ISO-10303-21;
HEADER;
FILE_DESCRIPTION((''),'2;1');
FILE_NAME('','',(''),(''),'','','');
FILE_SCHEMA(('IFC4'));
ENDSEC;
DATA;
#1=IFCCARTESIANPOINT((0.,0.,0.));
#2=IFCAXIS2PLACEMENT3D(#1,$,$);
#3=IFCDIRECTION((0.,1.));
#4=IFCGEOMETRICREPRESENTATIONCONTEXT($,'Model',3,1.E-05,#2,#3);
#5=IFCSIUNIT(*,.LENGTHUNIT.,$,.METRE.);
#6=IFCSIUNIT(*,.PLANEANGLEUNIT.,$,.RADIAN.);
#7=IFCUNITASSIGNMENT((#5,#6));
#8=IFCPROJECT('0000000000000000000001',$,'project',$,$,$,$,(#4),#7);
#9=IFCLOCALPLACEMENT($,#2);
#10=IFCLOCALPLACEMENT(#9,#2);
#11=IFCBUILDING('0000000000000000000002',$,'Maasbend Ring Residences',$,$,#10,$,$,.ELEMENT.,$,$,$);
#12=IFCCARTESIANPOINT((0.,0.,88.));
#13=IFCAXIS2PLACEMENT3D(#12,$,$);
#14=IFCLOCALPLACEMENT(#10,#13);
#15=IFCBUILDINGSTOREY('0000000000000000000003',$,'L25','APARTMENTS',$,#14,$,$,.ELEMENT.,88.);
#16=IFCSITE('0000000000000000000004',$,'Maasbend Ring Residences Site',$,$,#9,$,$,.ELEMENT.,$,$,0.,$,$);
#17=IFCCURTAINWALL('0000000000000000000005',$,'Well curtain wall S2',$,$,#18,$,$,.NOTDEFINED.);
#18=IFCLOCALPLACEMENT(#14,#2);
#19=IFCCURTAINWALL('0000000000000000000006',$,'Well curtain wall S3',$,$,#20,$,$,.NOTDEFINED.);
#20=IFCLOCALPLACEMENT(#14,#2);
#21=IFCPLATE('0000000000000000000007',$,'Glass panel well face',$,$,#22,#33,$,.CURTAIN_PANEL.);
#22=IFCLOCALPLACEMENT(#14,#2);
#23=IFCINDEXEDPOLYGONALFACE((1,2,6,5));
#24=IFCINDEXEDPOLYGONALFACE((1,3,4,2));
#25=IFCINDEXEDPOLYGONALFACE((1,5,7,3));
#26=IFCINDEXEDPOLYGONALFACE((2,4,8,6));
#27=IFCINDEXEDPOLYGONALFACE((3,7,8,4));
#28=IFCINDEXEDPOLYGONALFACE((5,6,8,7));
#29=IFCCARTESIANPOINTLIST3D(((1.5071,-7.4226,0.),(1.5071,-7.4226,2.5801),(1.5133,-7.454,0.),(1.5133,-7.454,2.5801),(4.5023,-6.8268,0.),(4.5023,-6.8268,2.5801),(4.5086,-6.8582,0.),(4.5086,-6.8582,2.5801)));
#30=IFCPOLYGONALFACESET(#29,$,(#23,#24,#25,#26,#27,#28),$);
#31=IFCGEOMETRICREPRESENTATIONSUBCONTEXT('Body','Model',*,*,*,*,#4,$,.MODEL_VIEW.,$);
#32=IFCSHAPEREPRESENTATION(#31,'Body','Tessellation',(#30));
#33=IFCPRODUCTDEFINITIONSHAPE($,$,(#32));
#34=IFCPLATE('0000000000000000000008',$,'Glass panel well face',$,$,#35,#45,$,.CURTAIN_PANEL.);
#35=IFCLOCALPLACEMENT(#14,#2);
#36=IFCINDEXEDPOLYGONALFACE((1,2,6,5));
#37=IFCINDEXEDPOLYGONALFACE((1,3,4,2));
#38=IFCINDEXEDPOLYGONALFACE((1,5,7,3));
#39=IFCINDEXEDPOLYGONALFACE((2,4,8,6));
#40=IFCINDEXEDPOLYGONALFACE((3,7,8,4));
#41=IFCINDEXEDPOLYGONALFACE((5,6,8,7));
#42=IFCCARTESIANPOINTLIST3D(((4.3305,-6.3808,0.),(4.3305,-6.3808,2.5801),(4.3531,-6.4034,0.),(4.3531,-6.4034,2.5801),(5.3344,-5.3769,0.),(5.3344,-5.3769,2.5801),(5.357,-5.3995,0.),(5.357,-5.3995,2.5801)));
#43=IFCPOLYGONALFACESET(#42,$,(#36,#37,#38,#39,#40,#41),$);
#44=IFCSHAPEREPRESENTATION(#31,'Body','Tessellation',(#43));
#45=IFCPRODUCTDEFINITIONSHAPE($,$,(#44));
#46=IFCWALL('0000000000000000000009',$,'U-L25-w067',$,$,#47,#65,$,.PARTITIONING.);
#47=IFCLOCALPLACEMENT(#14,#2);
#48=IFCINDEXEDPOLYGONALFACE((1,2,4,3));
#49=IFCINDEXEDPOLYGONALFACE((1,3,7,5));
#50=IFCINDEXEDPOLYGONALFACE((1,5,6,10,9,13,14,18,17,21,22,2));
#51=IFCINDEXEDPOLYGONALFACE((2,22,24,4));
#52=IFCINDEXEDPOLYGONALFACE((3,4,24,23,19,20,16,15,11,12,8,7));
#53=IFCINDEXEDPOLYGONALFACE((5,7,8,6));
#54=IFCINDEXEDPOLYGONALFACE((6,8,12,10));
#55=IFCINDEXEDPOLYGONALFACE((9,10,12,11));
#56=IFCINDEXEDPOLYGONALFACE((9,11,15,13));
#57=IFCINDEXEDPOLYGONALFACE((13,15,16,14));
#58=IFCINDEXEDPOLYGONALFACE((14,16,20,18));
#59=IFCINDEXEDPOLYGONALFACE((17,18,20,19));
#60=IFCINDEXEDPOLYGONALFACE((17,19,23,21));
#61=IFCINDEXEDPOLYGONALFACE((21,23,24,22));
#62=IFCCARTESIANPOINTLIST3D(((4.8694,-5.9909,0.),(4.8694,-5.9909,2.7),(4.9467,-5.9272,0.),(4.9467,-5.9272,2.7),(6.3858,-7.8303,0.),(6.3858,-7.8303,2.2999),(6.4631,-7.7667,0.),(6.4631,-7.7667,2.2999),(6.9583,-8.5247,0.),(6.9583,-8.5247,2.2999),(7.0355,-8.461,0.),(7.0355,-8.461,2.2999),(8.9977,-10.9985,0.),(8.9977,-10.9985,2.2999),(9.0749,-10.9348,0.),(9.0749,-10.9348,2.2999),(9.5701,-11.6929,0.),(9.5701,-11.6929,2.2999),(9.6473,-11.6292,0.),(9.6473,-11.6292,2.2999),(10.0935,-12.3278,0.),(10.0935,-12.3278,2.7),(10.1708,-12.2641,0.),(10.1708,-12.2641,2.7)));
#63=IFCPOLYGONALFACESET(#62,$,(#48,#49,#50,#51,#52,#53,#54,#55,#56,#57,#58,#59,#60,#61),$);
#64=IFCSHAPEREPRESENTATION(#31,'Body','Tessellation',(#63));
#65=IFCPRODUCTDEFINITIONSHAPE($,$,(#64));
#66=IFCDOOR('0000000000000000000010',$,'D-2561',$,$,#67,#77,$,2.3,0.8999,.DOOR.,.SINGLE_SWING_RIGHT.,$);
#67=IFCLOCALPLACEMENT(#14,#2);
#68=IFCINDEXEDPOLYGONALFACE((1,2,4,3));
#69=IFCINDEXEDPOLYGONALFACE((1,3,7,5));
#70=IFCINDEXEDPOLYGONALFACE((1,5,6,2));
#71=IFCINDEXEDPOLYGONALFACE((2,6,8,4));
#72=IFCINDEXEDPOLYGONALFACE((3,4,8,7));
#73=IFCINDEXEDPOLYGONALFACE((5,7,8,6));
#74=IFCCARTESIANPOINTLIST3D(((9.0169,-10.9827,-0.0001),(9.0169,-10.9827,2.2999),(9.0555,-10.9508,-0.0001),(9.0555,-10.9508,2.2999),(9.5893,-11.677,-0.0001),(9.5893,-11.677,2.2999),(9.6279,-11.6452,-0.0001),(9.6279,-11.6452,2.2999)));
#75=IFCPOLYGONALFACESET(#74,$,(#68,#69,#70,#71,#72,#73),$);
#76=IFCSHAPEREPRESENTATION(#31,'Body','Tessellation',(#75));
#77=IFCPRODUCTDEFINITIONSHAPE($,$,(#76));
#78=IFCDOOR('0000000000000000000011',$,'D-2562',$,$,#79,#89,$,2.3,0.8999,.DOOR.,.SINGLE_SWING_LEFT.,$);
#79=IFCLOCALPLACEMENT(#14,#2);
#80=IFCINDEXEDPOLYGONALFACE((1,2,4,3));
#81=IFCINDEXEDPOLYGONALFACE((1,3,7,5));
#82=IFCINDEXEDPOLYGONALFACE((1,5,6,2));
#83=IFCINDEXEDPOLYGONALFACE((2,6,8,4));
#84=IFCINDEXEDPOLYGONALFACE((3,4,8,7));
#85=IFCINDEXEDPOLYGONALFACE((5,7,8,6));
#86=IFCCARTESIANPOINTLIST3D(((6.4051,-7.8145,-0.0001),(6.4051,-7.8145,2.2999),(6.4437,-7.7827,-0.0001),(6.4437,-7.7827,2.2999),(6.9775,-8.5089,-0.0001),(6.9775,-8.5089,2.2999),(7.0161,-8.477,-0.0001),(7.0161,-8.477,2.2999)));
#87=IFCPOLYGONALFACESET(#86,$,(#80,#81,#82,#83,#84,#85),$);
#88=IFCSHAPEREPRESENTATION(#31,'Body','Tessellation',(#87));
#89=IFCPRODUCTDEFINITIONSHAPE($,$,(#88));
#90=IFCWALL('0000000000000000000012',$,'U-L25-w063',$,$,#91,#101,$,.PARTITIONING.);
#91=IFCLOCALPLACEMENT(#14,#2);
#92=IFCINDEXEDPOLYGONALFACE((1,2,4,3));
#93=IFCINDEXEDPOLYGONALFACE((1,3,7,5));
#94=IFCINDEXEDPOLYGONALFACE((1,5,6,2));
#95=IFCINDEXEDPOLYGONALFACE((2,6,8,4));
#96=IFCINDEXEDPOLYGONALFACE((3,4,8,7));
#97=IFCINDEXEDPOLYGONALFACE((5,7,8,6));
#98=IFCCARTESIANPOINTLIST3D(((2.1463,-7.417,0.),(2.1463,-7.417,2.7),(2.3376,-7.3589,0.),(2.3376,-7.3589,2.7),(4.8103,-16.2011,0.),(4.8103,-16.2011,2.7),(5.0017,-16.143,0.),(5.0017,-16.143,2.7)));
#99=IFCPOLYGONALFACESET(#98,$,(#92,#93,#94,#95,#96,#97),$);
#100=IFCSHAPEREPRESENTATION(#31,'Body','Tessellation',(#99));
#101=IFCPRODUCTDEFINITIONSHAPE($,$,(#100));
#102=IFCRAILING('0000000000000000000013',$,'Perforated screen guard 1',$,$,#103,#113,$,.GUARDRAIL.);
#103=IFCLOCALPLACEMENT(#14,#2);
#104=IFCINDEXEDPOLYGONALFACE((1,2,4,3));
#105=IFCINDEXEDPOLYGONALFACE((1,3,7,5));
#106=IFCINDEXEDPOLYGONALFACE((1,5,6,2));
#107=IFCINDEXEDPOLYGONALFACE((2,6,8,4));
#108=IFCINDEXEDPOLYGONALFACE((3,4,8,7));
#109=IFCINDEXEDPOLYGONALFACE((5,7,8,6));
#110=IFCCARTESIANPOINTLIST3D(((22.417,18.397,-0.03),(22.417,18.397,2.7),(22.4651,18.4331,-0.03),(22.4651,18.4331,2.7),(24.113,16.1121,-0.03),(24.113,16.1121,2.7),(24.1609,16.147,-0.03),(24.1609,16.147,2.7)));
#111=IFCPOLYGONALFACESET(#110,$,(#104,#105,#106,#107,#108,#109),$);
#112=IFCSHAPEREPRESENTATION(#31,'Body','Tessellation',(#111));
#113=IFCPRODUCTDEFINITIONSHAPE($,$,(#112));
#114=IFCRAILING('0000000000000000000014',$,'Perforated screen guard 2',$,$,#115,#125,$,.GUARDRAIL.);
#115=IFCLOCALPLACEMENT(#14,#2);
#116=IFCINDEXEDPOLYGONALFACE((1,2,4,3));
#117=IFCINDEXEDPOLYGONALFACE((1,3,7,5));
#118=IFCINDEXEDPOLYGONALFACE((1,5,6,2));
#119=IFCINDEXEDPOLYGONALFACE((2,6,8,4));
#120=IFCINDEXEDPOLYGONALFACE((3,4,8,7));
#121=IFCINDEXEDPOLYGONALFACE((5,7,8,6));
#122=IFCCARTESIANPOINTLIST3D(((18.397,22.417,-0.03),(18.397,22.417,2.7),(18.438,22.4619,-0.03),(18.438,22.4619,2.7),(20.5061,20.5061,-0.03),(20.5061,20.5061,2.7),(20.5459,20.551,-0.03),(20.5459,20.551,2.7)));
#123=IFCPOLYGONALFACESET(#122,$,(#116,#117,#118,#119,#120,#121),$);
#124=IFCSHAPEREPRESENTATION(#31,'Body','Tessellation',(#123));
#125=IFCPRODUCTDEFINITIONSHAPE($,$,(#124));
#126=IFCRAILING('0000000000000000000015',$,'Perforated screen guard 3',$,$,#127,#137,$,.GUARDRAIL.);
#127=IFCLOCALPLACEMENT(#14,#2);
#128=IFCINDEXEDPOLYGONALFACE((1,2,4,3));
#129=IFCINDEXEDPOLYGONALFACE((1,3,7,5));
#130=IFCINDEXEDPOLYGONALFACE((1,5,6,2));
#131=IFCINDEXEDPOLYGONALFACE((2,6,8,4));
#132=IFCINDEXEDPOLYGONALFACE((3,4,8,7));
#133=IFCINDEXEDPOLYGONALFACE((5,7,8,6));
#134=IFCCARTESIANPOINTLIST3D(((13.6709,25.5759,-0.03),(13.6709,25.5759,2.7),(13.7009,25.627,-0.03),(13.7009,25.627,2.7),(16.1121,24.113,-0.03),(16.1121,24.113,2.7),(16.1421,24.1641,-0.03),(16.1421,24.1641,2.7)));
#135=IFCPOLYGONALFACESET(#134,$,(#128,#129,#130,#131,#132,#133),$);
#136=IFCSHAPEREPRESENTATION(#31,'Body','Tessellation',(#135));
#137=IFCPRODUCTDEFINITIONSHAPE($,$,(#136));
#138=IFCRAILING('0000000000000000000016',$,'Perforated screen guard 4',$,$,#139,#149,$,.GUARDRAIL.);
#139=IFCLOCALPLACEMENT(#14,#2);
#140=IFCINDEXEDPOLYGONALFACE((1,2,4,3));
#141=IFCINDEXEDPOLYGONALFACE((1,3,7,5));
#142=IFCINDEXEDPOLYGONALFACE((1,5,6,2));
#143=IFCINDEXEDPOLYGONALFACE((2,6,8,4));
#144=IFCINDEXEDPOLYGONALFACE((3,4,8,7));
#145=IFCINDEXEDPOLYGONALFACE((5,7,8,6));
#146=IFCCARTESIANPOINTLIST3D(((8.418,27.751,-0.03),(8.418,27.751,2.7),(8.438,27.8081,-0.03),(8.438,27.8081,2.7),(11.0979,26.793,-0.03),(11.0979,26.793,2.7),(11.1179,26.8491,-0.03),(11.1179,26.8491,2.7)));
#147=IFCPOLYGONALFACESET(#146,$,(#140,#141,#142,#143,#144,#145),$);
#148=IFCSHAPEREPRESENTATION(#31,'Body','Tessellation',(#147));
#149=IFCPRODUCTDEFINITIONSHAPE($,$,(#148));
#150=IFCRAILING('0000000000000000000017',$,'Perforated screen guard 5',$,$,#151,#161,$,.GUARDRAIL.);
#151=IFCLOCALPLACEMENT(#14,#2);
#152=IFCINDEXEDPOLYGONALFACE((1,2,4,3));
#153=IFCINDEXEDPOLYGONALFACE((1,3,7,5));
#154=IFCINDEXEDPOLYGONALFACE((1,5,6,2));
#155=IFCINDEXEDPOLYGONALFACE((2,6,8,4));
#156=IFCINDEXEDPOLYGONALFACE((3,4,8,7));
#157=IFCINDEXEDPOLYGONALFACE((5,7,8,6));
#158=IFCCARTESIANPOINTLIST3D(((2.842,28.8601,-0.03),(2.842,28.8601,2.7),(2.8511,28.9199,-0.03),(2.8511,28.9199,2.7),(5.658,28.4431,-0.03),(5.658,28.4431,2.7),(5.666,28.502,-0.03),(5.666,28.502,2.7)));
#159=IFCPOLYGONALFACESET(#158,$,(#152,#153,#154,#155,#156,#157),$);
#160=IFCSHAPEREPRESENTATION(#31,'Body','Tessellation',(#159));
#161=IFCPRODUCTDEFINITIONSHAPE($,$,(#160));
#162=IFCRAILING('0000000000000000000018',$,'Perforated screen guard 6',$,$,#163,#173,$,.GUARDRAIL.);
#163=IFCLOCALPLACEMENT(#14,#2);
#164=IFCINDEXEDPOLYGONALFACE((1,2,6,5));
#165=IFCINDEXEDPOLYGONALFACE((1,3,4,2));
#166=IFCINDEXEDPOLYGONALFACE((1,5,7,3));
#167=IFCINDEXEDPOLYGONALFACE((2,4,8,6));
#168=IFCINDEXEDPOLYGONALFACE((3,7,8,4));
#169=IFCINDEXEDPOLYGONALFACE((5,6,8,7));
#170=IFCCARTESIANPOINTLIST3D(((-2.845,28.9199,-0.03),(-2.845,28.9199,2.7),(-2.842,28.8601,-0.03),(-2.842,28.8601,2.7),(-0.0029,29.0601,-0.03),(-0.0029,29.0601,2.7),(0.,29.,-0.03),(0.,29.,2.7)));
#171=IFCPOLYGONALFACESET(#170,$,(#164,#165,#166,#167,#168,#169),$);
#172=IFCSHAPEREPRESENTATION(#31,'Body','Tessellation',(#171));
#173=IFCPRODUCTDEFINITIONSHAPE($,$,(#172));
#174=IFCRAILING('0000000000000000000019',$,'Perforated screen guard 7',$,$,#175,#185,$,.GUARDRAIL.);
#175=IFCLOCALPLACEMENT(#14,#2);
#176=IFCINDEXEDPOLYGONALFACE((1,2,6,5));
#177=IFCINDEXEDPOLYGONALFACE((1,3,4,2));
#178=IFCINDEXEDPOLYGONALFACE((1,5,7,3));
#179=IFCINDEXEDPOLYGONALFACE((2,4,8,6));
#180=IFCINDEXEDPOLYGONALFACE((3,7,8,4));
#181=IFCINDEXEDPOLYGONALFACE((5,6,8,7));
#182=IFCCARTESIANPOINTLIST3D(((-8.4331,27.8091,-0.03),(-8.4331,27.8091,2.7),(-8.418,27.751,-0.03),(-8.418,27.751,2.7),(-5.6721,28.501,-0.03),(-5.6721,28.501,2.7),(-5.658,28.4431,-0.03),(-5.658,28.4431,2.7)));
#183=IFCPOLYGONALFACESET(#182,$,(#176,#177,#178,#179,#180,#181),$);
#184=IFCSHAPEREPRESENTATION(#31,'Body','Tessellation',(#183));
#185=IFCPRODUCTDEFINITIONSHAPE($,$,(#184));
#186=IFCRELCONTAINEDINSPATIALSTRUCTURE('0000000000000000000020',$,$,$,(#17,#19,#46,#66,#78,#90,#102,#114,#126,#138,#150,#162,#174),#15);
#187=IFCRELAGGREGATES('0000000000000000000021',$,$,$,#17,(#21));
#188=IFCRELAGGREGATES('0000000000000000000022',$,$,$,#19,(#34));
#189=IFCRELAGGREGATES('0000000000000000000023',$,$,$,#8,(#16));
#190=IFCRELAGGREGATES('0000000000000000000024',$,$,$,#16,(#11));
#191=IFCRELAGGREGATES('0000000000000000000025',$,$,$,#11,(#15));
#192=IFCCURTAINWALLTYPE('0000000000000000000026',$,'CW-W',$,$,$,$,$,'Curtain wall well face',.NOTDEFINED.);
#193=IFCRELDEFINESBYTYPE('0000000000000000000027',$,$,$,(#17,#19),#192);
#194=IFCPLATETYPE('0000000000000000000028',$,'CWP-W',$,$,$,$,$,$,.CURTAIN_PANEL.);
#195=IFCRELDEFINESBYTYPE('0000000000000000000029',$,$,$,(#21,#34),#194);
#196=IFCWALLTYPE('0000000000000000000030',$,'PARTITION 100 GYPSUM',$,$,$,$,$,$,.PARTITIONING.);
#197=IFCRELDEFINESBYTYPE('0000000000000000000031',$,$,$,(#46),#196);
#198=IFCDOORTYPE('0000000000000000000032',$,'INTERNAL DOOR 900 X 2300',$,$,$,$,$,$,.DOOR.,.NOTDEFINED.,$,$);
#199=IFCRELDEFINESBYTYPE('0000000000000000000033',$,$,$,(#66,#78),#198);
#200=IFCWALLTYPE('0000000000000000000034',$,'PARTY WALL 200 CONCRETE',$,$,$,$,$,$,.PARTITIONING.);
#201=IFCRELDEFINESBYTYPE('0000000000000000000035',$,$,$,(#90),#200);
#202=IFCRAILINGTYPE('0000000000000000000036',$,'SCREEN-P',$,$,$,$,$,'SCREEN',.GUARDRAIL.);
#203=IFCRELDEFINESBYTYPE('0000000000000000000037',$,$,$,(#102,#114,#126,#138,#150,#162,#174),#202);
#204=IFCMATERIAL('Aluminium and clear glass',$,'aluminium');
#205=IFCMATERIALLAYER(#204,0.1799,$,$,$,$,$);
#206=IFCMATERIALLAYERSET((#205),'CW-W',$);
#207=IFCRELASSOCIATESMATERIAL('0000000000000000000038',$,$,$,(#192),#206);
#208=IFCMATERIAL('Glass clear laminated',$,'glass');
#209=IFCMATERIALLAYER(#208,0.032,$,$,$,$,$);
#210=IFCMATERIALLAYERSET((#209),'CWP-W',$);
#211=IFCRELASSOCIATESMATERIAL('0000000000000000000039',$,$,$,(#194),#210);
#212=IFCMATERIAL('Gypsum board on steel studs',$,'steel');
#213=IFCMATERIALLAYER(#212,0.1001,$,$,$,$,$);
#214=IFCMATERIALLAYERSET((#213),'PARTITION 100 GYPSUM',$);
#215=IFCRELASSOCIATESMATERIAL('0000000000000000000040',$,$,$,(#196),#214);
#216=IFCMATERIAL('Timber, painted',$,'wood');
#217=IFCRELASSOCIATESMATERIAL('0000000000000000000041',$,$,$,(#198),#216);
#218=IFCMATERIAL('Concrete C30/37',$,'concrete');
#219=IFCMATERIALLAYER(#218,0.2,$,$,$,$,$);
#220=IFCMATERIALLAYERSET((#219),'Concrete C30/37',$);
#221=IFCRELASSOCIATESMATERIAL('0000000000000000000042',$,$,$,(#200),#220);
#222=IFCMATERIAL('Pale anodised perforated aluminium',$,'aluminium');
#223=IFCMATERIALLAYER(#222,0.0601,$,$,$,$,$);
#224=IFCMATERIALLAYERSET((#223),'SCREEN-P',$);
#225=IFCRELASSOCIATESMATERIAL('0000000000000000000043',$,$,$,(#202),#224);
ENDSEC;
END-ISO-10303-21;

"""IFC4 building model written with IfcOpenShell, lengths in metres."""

from ifc_helpers import new_model, si_unit, direction, frame, frame_2d, origin, origin_2d, place, context, subcontext, project, spatial, polyline, rectangle, outline, extrude, material, layer, layer_set, type_object, element, fill, aggregate, save


model = new_model("IFC4")

# Units and contexts
model_context = context("Model", 3, precision=1e-05, world=origin(), true_north=direction((0.0, 1.0)))
body_context = subcontext(model_context, "Body", "Model", "MODEL_VIEW")
ifc_project = project(units=[si_unit("LENGTHUNIT", "METRE"), si_unit("PLANEANGLEUNIT", "RADIAN")], contexts=[model_context])

# Site, building, storey
site_placement = place(None, origin())
site = spatial("IfcSite", under=ifc_project, at=site_placement, Name="Maasbend Ring Residences Site", CompositionType="ELEMENT", RefElevation=0.0)
building_placement = place(site_placement, origin())
building = spatial("IfcBuilding", under=site, at=building_placement, Name="Maasbend Ring Residences", CompositionType="ELEMENT")
storey_placement = place(building_placement, frame((0.0, 0.0, 88.0)))
storey = spatial("IfcBuildingStorey", under=building, at=storey_placement, Name="L25", Description="APARTMENTS", CompositionType="ELEMENT", Elevation=88.0)

# Curtain walls
ifc_material_1 = material(Name="Aluminium and clear glass", Category="aluminium")
ifc_layer_1 = layer(ifc_material_1, 0.1799)
ifc_layer_set_1 = layer_set([ifc_layer_1], Name="CW-W")
curtain_wall_type = type_object("IfcCurtainWallType", Name="CW-W", ElementType="Curtain wall well face", PredefinedType="NOTDEFINED", material=ifc_layer_set_1)
curtain_wall_1_placement = place(storey_placement, origin())
curtain_wall_1 = element("IfcCurtainWall", 1, at=curtain_wall_1_placement, inside=storey, type_object=curtain_wall_type, Name="Well curtain wall S2", PredefinedType="NOTDEFINED")
curtain_wall_2_placement = place(storey_placement, origin())
curtain_wall_2 = element("IfcCurtainWall", 2, at=curtain_wall_2_placement, inside=storey, type_object=curtain_wall_type, Name="Well curtain wall S3", PredefinedType="NOTDEFINED")

# Plates
ifc_material_2 = material(Name="Glass clear laminated", Category="glass")
ifc_layer_2 = layer(ifc_material_2, 0.032)
ifc_layer_set_2 = layer_set([ifc_layer_2], Name="CWP-W")
plate_type = type_object("IfcPlateType", Name="CWP-W", PredefinedType="CURTAIN_PANEL", material=ifc_layer_set_2)
plate_1_placement = place(storey_placement, frame((3.0078, -7.1404, 0.0), z_axis=(0.0, 0.0, 1.0), x_axis=(0.980785, 0.19509, 0.0)))
plate_1 = element("IfcPlate", 3, at=plate_1_placement, type_object=plate_type, Name="Glass panel well face", PredefinedType="CURTAIN_PANEL", context=body_context, shape_type="SweptSolid", body=[
    extrude(rectangle(XDim=3.054, YDim=0.032, at=origin_2d()), origin(), (0.0, 0.0, 1.0), 2.5801),
])
aggregate(curtain_wall_1, [plate_1])
plate_2_placement = place(storey_placement, frame((4.8438, -5.8901, 0.0), z_axis=(0.0, 0.0, 1.0), x_axis=(0.707107, 0.707107, 0.0)))
plate_2 = element("IfcPlate", 4, at=plate_2_placement, type_object=plate_type, Name="Glass panel well face", PredefinedType="CURTAIN_PANEL", context=body_context, shape_type="SweptSolid", body=[
    extrude(rectangle(XDim=1.4197, YDim=0.032, at=origin_2d()), origin(), (0.0, 0.0, 1.0), 2.5801),
])
aggregate(curtain_wall_2, [plate_2])

# Wall, openings, doors
ifc_material_3 = material(Name="Gypsum board on steel studs", Category="steel")
ifc_layer_3 = layer(ifc_material_3, 0.1001)
ifc_layer_set_3 = layer_set([ifc_layer_3], Name="PARTITION 100 GYPSUM")
wall_type_1 = type_object("IfcWallType", Name="PARTITION 100 GYPSUM", PredefinedType="PARTITIONING", material=ifc_layer_set_3)
wall_1_placement = place(storey_placement, frame((4.908, -5.959, 0.0), z_axis=(0.0, 0.0, 1.0), x_axis=(0.636105, -0.771602, 0.0)))
wall_1 = element("IfcWall", 5, at=wall_1_placement, inside=storey, type_object=wall_type_1, Name="U-L25-w067", PredefinedType="PARTITIONING", context=body_context, shape_type="SweptSolid", body=[
    extrude(rectangle(XDim=8.2126, YDim=0.1001, at=frame_2d((4.1064, 0.0))), origin(), (0.0, 0.0, 1.0), 2.7),
])
opening_1_placement = place(wall_1_placement, frame((6.49, 0.0, 0.0)))
opening_1 = element("IfcOpeningElement", 6, at=opening_1_placement, cuts=wall_1, PredefinedType="OPENING", context=body_context, shape_type="SweptSolid", body=[
    extrude(rectangle(XDim=0.8999, YDim=2.3, at=frame_2d((0.45, 1.1499))), frame((0.0, 0.0601, 0.0), z_axis=(0.0, -1.0, 0.0), x_axis=(1.0, 0.0, 0.0)), (0.0, 0.0, 1.0), 0.1201),
])
opening_2_placement = place(wall_1_placement, frame((2.384, 0.0, 0.0)))
opening_2 = element("IfcOpeningElement", 7, at=opening_2_placement, cuts=wall_1, PredefinedType="OPENING", context=body_context, shape_type="SweptSolid", body=[
    extrude(rectangle(XDim=0.8999, YDim=2.3, at=frame_2d((0.45, 1.1499))), frame((0.0, 0.0601, 0.0), z_axis=(0.0, -1.0, 0.0), x_axis=(1.0, 0.0, 0.0)), (0.0, 0.0, 1.0), 0.1201),
])
ifc_material_4 = material(Name="Timber, painted", Category="wood")
door_type = type_object("IfcDoorType", Name="INTERNAL DOOR 900 X 2300", OperationType="NOTDEFINED", PredefinedType="DOOR", material=ifc_material_4)
door_1_placement = place(opening_1_placement, origin())
door_1 = element("IfcDoor", 8, at=door_1_placement, inside=storey, type_object=door_type, Name="D-2561", OperationType="SINGLE_SWING_RIGHT", OverallHeight=2.3, OverallWidth=0.8999, PredefinedType="DOOR", context=body_context, shape_type="SweptSolid", body=[
    extrude(rectangle(XDim=0.8999, YDim=2.3, at=frame_2d((0.45, 1.1499))), frame((0.0, 0.0249, 0.0), z_axis=(0.0, -1.0, 0.0), x_axis=(1.0, 0.0, 0.0)), (0.0, 0.0, 1.0), 0.05),
])
fill(opening_1, door_1)
door_2_placement = place(opening_2_placement, origin())
door_2 = element("IfcDoor", 9, at=door_2_placement, inside=storey, type_object=door_type, Name="D-2562", OperationType="SINGLE_SWING_LEFT", OverallHeight=2.3, OverallWidth=0.8999, PredefinedType="DOOR", context=body_context, shape_type="SweptSolid", body=[
    extrude(rectangle(XDim=0.8999, YDim=2.3, at=frame_2d((0.45, 1.1499))), frame((0.0, 0.0249, 0.0), z_axis=(0.0, -1.0, 0.0), x_axis=(1.0, 0.0, 0.0)), (0.0, 0.0, 1.0), 0.05),
])
fill(opening_2, door_2)

# Wall
ifc_material_5 = material(Name="Concrete C30/37", Category="concrete")
ifc_layer_4 = layer(ifc_material_5, 0.2)
ifc_layer_set_4 = layer_set([ifc_layer_4], Name="Concrete C30/37")
wall_type_2 = type_object("IfcWallType", Name="PARTY WALL 200 CONCRETE", PredefinedType="PARTITIONING", material=ifc_layer_set_4)
wall_2_placement = place(storey_placement, frame((2.2419, -7.3879, 0.0), z_axis=(0.0, 0.0, 1.0), x_axis=(0.290226, -0.956958, 0.0)))
element("IfcWall", 10, at=wall_2_placement, inside=storey, type_object=wall_type_2, Name="U-L25-w063", PredefinedType="PARTITIONING", context=body_context, shape_type="SweptSolid", body=[
    extrude(rectangle(XDim=9.1792, YDim=0.2, at=frame_2d((4.5896, 0.0))), origin(), (0.0, 0.0, 1.0), 2.7),
])

# Railings
ifc_material_6 = material(Name="Pale anodised perforated aluminium", Category="aluminium")
ifc_layer_5 = layer(ifc_material_6, 0.0601)
ifc_layer_set_5 = layer_set([ifc_layer_5], Name="SCREEN-P")
railing_type = type_object("IfcRailingType", Name="SCREEN-P", ElementType="SCREEN", PredefinedType="GUARDRAIL", material=ifc_layer_set_5)
railing_1_placement = place(storey_placement, frame((0.0, 0.0, -0.03)))
element("IfcRailing", 11, at=railing_1_placement, inside=storey, type_object=railing_type, Name="Perforated screen guard 1", PredefinedType="GUARDRAIL", context=body_context, shape_type="SweptSolid", body=[
    extrude(outline(polyline([(24.113, 16.1121), (22.417, 18.397), (22.4651, 18.4331), (24.1609, 16.147), (24.113, 16.1121)])), origin(), (0.0, 0.0, 1.0), 2.73),
])
railing_2_placement = place(storey_placement, frame((0.0, 0.0, -0.03)))
element("IfcRailing", 12, at=railing_2_placement, inside=storey, type_object=railing_type, Name="Perforated screen guard 2", PredefinedType="GUARDRAIL", context=body_context, shape_type="SweptSolid", body=[
    extrude(outline(polyline([(20.5061, 20.5061), (18.397, 22.417), (18.438, 22.4619), (20.5459, 20.551), (20.5061, 20.5061)])), origin(), (0.0, 0.0, 1.0), 2.73),
])
railing_3_placement = place(storey_placement, frame((0.0, 0.0, -0.03)))
element("IfcRailing", 13, at=railing_3_placement, inside=storey, type_object=railing_type, Name="Perforated screen guard 3", PredefinedType="GUARDRAIL", context=body_context, shape_type="SweptSolid", body=[
    extrude(outline(polyline([(16.1121, 24.113), (13.6709, 25.5759), (13.7009, 25.627), (16.1421, 24.1641), (16.1121, 24.113)])), origin(), (0.0, 0.0, 1.0), 2.73),
])
railing_4_placement = place(storey_placement, frame((0.0, 0.0, -0.03)))
element("IfcRailing", 14, at=railing_4_placement, inside=storey, type_object=railing_type, Name="Perforated screen guard 4", PredefinedType="GUARDRAIL", context=body_context, shape_type="SweptSolid", body=[
    extrude(outline(polyline([(11.0979, 26.793), (8.418, 27.751), (8.438, 27.8081), (11.1179, 26.8491), (11.0979, 26.793)])), origin(), (0.0, 0.0, 1.0), 2.73),
])
railing_5_placement = place(storey_placement, frame((0.0, 0.0, -0.03)))
element("IfcRailing", 15, at=railing_5_placement, inside=storey, type_object=railing_type, Name="Perforated screen guard 5", PredefinedType="GUARDRAIL", context=body_context, shape_type="SweptSolid", body=[
    extrude(outline(polyline([(5.658, 28.4431), (2.842, 28.8601), (2.8511, 28.9199), (5.666, 28.502), (5.658, 28.4431)])), origin(), (0.0, 0.0, 1.0), 2.73),
])
railing_6_placement = place(storey_placement, frame((0.0, 0.0, -0.03)))
element("IfcRailing", 16, at=railing_6_placement, inside=storey, type_object=railing_type, Name="Perforated screen guard 6", PredefinedType="GUARDRAIL", context=body_context, shape_type="SweptSolid", body=[
    extrude(outline(polyline([(0.0, 29.0), (-2.842, 28.8601), (-2.845, 28.9199), (-0.0029, 29.0601), (0.0, 29.0)])), origin(), (0.0, 0.0, 1.0), 2.73),
])
railing_7_placement = place(storey_placement, frame((0.0, 0.0, -0.03)))
element("IfcRailing", 17, at=railing_7_placement, inside=storey, type_object=railing_type, Name="Perforated screen guard 7", PredefinedType="GUARDRAIL", context=body_context, shape_type="SweptSolid", body=[
    extrude(outline(polyline([(-5.658, 28.4431), (-8.418, 27.751), (-8.4331, 27.8091), (-5.6721, 28.501), (-5.658, 28.4431)])), origin(), (0.0, 0.0, 1.0), 2.73),
])

save(model, "model.ifc")
